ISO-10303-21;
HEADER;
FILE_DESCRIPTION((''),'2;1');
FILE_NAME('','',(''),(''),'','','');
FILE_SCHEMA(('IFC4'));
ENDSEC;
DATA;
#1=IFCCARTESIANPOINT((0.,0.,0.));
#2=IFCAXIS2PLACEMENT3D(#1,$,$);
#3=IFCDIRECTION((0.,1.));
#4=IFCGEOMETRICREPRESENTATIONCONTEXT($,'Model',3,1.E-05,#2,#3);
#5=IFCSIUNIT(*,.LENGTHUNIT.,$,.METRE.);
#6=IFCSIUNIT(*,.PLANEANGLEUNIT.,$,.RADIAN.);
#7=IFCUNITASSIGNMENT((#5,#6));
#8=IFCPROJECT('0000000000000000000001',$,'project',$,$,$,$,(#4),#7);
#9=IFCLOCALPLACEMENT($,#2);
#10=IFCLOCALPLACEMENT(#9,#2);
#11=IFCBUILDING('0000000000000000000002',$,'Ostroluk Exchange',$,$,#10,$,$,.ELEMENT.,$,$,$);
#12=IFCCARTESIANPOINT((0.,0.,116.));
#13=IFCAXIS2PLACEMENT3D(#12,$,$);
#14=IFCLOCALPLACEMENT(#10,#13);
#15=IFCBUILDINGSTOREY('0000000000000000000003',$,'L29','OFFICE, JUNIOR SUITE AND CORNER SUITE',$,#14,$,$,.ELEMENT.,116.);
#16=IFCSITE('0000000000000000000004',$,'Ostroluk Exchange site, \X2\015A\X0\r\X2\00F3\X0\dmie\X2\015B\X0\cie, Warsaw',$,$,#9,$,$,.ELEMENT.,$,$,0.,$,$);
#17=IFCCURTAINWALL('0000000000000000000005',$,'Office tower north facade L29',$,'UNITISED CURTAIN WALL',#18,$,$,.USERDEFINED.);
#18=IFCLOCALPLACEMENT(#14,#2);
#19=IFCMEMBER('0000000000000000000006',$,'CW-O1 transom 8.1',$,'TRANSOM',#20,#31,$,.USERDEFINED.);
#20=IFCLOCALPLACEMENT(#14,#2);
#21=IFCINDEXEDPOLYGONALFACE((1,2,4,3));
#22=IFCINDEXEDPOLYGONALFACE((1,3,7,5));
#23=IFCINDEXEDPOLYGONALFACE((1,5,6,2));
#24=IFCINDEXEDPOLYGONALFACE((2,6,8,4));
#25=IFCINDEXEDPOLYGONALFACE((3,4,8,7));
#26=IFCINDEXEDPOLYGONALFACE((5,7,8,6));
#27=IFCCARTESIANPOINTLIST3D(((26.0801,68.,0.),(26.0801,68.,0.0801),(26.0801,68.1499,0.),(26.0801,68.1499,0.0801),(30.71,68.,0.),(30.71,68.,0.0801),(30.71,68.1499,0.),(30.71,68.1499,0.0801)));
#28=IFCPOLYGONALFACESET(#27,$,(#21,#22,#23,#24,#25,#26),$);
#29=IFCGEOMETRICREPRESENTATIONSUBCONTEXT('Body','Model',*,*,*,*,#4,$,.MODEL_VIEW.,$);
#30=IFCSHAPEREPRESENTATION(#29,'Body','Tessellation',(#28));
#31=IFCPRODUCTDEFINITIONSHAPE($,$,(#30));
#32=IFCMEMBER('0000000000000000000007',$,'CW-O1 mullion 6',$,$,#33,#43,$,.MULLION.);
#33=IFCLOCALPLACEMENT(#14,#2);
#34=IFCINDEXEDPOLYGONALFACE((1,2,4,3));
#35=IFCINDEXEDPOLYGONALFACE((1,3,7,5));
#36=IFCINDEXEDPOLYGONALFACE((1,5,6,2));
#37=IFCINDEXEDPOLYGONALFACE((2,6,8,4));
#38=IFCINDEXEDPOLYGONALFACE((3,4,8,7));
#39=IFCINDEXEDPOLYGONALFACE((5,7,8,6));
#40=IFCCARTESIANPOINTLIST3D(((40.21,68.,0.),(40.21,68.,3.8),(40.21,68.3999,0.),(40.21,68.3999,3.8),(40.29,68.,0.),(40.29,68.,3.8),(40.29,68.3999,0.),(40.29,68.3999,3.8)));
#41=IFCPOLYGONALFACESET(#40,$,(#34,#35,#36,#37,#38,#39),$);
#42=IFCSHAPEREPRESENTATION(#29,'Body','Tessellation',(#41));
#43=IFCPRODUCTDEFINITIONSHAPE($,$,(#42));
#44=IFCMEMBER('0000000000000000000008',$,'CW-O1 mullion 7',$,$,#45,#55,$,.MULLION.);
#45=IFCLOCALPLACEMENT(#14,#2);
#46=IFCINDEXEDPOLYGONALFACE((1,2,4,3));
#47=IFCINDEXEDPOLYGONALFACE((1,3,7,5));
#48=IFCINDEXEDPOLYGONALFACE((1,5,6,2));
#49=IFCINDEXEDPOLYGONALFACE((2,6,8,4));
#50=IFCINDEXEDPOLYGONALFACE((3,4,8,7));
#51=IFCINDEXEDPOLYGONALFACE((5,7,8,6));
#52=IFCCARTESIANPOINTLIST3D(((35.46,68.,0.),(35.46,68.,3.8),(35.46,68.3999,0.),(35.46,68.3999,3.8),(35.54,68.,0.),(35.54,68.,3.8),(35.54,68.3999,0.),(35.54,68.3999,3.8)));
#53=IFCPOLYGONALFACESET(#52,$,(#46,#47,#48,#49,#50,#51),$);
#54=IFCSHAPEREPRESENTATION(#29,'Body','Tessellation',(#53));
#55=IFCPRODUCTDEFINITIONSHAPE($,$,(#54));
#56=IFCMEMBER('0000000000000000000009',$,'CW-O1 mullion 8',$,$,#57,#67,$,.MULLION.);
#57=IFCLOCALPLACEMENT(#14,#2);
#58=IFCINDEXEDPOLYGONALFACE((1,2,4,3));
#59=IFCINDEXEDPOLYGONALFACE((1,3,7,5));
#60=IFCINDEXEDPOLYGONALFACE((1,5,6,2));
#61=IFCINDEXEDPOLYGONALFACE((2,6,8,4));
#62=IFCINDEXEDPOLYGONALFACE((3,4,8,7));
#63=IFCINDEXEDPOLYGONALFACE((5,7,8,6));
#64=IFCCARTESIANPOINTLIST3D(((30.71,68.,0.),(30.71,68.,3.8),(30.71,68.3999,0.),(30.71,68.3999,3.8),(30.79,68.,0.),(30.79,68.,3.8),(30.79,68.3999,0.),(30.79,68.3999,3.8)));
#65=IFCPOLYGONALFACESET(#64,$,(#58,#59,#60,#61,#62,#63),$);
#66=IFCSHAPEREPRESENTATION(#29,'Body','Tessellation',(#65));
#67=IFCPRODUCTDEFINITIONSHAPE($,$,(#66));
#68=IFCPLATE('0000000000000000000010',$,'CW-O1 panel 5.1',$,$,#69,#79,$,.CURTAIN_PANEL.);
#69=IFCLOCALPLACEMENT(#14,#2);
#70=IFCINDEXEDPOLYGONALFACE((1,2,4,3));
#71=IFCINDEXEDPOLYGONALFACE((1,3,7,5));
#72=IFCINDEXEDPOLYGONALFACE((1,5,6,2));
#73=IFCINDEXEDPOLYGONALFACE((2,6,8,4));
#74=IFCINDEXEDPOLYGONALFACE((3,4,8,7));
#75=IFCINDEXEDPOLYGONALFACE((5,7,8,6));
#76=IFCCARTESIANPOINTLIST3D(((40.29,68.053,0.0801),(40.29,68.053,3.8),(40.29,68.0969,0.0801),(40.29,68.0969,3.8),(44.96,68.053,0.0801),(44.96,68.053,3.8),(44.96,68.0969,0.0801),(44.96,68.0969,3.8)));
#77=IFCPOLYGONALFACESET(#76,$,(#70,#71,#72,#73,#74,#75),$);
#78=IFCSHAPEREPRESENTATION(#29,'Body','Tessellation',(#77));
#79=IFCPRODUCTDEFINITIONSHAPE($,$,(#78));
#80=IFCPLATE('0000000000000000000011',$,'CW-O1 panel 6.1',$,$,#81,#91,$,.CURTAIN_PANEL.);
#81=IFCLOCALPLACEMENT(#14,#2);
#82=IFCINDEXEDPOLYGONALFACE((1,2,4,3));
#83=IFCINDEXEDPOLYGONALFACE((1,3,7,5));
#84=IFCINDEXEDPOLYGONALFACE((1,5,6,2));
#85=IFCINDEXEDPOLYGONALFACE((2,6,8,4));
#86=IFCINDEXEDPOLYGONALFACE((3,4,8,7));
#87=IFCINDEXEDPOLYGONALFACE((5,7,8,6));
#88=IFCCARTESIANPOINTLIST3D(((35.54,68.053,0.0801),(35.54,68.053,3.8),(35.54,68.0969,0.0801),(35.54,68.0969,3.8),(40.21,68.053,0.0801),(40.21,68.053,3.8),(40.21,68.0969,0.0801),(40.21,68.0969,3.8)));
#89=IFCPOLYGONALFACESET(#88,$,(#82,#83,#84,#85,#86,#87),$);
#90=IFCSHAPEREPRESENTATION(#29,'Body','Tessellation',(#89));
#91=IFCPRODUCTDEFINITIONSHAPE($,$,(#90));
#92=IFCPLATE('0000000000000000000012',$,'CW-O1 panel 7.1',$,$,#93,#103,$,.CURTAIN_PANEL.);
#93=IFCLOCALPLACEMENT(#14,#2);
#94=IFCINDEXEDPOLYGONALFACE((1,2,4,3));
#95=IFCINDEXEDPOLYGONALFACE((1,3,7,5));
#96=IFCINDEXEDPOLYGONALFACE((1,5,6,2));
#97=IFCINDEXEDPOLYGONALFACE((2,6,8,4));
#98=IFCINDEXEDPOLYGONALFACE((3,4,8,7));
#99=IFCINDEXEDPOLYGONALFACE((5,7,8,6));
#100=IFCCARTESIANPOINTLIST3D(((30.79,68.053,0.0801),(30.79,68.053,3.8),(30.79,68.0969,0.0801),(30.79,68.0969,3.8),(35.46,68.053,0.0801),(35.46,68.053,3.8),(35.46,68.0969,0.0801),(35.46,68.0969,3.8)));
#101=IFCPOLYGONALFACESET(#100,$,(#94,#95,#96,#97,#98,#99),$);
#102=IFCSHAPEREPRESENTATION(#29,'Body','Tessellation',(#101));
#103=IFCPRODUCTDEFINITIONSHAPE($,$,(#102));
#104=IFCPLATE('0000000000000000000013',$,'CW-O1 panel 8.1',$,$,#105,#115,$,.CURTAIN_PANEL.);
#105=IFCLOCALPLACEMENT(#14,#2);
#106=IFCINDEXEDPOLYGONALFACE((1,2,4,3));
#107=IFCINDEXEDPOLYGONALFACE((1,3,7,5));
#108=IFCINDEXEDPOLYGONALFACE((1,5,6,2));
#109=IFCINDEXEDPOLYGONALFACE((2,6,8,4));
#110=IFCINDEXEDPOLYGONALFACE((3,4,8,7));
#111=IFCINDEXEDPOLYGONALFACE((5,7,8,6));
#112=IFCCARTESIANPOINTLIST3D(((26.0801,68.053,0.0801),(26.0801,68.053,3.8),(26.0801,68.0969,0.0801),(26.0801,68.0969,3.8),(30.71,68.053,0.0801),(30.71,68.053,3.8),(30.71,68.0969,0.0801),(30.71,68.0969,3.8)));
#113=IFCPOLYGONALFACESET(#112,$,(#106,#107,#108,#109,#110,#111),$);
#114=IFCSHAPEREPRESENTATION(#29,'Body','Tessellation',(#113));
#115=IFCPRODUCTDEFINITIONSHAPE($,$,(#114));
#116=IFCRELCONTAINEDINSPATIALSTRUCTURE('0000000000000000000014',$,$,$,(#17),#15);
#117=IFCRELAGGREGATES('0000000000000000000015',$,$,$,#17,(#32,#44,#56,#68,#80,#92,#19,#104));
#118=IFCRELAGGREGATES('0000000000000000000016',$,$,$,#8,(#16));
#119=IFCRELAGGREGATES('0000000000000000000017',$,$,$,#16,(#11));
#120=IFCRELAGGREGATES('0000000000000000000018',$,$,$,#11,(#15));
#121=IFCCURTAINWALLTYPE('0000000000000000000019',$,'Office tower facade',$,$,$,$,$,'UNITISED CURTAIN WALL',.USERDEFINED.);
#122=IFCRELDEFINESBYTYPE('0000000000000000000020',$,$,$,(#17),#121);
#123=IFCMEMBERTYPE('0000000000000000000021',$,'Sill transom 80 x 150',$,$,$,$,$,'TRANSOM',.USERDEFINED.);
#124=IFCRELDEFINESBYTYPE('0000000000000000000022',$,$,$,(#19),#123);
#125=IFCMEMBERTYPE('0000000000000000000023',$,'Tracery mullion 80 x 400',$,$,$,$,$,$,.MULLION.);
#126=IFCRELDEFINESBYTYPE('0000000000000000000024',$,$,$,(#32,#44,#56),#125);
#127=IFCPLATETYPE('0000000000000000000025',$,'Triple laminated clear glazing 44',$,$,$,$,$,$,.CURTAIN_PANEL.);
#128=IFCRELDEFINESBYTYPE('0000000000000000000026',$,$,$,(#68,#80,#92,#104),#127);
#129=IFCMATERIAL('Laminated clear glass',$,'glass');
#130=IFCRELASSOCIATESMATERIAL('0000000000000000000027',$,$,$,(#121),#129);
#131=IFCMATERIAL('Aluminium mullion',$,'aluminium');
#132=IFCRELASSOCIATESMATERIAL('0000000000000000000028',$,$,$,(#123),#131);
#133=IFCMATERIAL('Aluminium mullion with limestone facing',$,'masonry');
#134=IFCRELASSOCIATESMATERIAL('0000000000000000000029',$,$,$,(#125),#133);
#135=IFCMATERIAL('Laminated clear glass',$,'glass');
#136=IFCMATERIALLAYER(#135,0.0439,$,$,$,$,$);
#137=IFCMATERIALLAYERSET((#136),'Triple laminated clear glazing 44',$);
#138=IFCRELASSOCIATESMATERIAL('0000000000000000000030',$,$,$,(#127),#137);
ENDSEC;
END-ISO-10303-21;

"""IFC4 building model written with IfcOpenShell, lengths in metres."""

from ifc_helpers import new_model, si_unit, direction, frame, origin, origin_2d, place, context, subcontext, project, spatial, rectangle, extrude, material, layer, layer_set, material_profile, profile_set, type_object, element, aggregate, save


model = new_model("IFC4")

# Units and contexts
model_context = context("Model", 3, precision=1e-05, world=origin(), true_north=direction((0.0, 1.0)))
body_context = subcontext(model_context, "Body", "Model", "MODEL_VIEW")
ifc_project = project(units=[si_unit("LENGTHUNIT", "METRE"), si_unit("PLANEANGLEUNIT", "RADIAN")], contexts=[model_context])

# Site, building, storey
site_placement = place(None, origin())
site = spatial("IfcSite", under=ifc_project, at=site_placement, Name="Ostroluk Exchange site, Śródmieście, Warsaw", CompositionType="ELEMENT", RefElevation=0.0)
building_placement = place(site_placement, origin())
building = spatial("IfcBuilding", under=site, at=building_placement, Name="Ostroluk Exchange", CompositionType="ELEMENT")
storey_placement = place(building_placement, frame((0.0, 0.0, 116.0)))
storey = spatial("IfcBuildingStorey", under=building, at=storey_placement, Name="L29", Description="OFFICE, JUNIOR SUITE AND CORNER SUITE", CompositionType="ELEMENT", Elevation=116.0)

# Curtain wall, members, plates
ifc_material_1 = material(Name="Laminated clear glass", Category="glass")
curtain_wall_type = type_object("IfcCurtainWallType", Name="Office tower facade", ElementType="UNITISED CURTAIN WALL", PredefinedType="USERDEFINED", material=ifc_material_1)
curtain_wall_placement = place(storey_placement, origin())
curtain_wall = element("IfcCurtainWall", 1, at=curtain_wall_placement, inside=storey, type_object=curtain_wall_type, Name="Office tower north facade L29", ObjectType="UNITISED CURTAIN WALL", PredefinedType="USERDEFINED")
ifc_material_2 = material(Name="Aluminium mullion", Category="aluminium")
ifc_material_profile_1 = material_profile(ifc_material_2, rectangle(XDim=0.1499, YDim=0.0801, at=origin_2d()), Name="Sill transom 80 x 150")
ifc_profile_set_1 = profile_set([ifc_material_profile_1], Name="Aluminium mullion")
member_type_1 = type_object("IfcMemberType", Name="Sill transom 80 x 150", ElementType="TRANSOM", PredefinedType="USERDEFINED", material=ifc_profile_set_1)
member_1_placement = place(storey_placement, frame((30.71, 68.075, 0.04), z_axis=(-1.0, 0.0, 0.0), x_axis=(0.0, -1.0, 0.0)))
member_1 = element("IfcMember", 2, at=member_1_placement, type_object=member_type_1, Name="CW-O1 transom 8.1", ObjectType="TRANSOM", PredefinedType="USERDEFINED", context=body_context, shape_type="SweptSolid", body=[
    extrude(rectangle(XDim=0.1499, YDim=0.0801, at=origin_2d()), origin(), (0.0, 0.0, 1.0), 4.6299),
])
ifc_material_3 = material(Name="Aluminium mullion with limestone facing", Category="masonry")
ifc_material_profile_2 = material_profile(ifc_material_3, rectangle(XDim=0.3999, YDim=0.0801, at=origin_2d()), Name="Tracery mullion 80 x 400")
ifc_profile_set_2 = profile_set([ifc_material_profile_2], Name="Aluminium mullion with limestone facing")
member_type_2 = type_object("IfcMemberType", Name="Tracery mullion 80 x 400", PredefinedType="MULLION", material=ifc_profile_set_2)
member_2_placement = place(storey_placement, frame((40.25, 68.2, 0.0), z_axis=(0.0, 0.0, 1.0), x_axis=(0.0, -1.0, 0.0)))
member_2 = element("IfcMember", 3, at=member_2_placement, type_object=member_type_2, Name="CW-O1 mullion 6", PredefinedType="MULLION", context=body_context, shape_type="SweptSolid", body=[
    extrude(rectangle(XDim=0.3999, YDim=0.0801, at=origin_2d()), origin(), (0.0, 0.0, 1.0), 3.8),
])
member_3_placement = place(storey_placement, frame((35.5, 68.2, 0.0), z_axis=(0.0, 0.0, 1.0), x_axis=(0.0, -1.0, 0.0)))
member_3 = element("IfcMember", 4, at=member_3_placement, type_object=member_type_2, Name="CW-O1 mullion 7", PredefinedType="MULLION", context=body_context, shape_type="SweptSolid", body=[
    extrude(rectangle(XDim=0.3999, YDim=0.0801, at=origin_2d()), origin(), (0.0, 0.0, 1.0), 3.8),
])
member_4_placement = place(storey_placement, frame((30.75, 68.2, 0.0), z_axis=(0.0, 0.0, 1.0), x_axis=(0.0, -1.0, 0.0)))
member_4 = element("IfcMember", 5, at=member_4_placement, type_object=member_type_2, Name="CW-O1 mullion 8", PredefinedType="MULLION", context=body_context, shape_type="SweptSolid", body=[
    extrude(rectangle(XDim=0.3999, YDim=0.0801, at=origin_2d()), origin(), (0.0, 0.0, 1.0), 3.8),
])
ifc_material_4 = material(Name="Laminated clear glass", Category="glass")
ifc_layer_1 = layer(ifc_material_4, 0.0439)
ifc_layer_set_1 = layer_set([ifc_layer_1], Name="Triple laminated clear glazing 44")
plate_type = type_object("IfcPlateType", Name="Triple laminated clear glazing 44", PredefinedType="CURTAIN_PANEL", material=ifc_layer_set_1)
plate_1_placement = place(storey_placement, frame((42.625, 68.075, 0.0801), z_axis=(0.0, 0.0, 1.0), x_axis=(-1.0, 0.0, 0.0)))
plate_1 = element("IfcPlate", 6, at=plate_1_placement, type_object=plate_type, Name="CW-O1 panel 5.1", PredefinedType="CURTAIN_PANEL", context=body_context, shape_type="SweptSolid", body=[
    extrude(rectangle(XDim=4.6699, YDim=0.0439, at=origin_2d()), origin(), (0.0, 0.0, 1.0), 3.72),
])
plate_2_placement = place(storey_placement, frame((37.875, 68.075, 0.0801), z_axis=(0.0, 0.0, 1.0), x_axis=(-1.0, 0.0, 0.0)))
plate_2 = element("IfcPlate", 7, at=plate_2_placement, type_object=plate_type, Name="CW-O1 panel 6.1", PredefinedType="CURTAIN_PANEL", context=body_context, shape_type="SweptSolid", body=[
    extrude(rectangle(XDim=4.6699, YDim=0.0439, at=origin_2d()), origin(), (0.0, 0.0, 1.0), 3.72),
])
plate_3_placement = place(storey_placement, frame((33.125, 68.075, 0.0801), z_axis=(0.0, 0.0, 1.0), x_axis=(-1.0, 0.0, 0.0)))
plate_3 = element("IfcPlate", 8, at=plate_3_placement, type_object=plate_type, Name="CW-O1 panel 7.1", PredefinedType="CURTAIN_PANEL", context=body_context, shape_type="SweptSolid", body=[
    extrude(rectangle(XDim=4.6699, YDim=0.0439, at=origin_2d()), origin(), (0.0, 0.0, 1.0), 3.72),
])
plate_4_placement = place(storey_placement, frame((28.395, 68.075, 0.0801), z_axis=(0.0, 0.0, 1.0), x_axis=(-1.0, 0.0, 0.0)))
plate_4 = element("IfcPlate", 9, at=plate_4_placement, type_object=plate_type, Name="CW-O1 panel 8.1", PredefinedType="CURTAIN_PANEL", context=body_context, shape_type="SweptSolid", body=[
    extrude(rectangle(XDim=4.6299, YDim=0.0439, at=origin_2d()), origin(), (0.0, 0.0, 1.0), 3.72),
])
aggregate(curtain_wall, [member_2, member_3, member_4, plate_1, plate_2, plate_3, member_1, plate_4])

save(model, "model.ifc")
